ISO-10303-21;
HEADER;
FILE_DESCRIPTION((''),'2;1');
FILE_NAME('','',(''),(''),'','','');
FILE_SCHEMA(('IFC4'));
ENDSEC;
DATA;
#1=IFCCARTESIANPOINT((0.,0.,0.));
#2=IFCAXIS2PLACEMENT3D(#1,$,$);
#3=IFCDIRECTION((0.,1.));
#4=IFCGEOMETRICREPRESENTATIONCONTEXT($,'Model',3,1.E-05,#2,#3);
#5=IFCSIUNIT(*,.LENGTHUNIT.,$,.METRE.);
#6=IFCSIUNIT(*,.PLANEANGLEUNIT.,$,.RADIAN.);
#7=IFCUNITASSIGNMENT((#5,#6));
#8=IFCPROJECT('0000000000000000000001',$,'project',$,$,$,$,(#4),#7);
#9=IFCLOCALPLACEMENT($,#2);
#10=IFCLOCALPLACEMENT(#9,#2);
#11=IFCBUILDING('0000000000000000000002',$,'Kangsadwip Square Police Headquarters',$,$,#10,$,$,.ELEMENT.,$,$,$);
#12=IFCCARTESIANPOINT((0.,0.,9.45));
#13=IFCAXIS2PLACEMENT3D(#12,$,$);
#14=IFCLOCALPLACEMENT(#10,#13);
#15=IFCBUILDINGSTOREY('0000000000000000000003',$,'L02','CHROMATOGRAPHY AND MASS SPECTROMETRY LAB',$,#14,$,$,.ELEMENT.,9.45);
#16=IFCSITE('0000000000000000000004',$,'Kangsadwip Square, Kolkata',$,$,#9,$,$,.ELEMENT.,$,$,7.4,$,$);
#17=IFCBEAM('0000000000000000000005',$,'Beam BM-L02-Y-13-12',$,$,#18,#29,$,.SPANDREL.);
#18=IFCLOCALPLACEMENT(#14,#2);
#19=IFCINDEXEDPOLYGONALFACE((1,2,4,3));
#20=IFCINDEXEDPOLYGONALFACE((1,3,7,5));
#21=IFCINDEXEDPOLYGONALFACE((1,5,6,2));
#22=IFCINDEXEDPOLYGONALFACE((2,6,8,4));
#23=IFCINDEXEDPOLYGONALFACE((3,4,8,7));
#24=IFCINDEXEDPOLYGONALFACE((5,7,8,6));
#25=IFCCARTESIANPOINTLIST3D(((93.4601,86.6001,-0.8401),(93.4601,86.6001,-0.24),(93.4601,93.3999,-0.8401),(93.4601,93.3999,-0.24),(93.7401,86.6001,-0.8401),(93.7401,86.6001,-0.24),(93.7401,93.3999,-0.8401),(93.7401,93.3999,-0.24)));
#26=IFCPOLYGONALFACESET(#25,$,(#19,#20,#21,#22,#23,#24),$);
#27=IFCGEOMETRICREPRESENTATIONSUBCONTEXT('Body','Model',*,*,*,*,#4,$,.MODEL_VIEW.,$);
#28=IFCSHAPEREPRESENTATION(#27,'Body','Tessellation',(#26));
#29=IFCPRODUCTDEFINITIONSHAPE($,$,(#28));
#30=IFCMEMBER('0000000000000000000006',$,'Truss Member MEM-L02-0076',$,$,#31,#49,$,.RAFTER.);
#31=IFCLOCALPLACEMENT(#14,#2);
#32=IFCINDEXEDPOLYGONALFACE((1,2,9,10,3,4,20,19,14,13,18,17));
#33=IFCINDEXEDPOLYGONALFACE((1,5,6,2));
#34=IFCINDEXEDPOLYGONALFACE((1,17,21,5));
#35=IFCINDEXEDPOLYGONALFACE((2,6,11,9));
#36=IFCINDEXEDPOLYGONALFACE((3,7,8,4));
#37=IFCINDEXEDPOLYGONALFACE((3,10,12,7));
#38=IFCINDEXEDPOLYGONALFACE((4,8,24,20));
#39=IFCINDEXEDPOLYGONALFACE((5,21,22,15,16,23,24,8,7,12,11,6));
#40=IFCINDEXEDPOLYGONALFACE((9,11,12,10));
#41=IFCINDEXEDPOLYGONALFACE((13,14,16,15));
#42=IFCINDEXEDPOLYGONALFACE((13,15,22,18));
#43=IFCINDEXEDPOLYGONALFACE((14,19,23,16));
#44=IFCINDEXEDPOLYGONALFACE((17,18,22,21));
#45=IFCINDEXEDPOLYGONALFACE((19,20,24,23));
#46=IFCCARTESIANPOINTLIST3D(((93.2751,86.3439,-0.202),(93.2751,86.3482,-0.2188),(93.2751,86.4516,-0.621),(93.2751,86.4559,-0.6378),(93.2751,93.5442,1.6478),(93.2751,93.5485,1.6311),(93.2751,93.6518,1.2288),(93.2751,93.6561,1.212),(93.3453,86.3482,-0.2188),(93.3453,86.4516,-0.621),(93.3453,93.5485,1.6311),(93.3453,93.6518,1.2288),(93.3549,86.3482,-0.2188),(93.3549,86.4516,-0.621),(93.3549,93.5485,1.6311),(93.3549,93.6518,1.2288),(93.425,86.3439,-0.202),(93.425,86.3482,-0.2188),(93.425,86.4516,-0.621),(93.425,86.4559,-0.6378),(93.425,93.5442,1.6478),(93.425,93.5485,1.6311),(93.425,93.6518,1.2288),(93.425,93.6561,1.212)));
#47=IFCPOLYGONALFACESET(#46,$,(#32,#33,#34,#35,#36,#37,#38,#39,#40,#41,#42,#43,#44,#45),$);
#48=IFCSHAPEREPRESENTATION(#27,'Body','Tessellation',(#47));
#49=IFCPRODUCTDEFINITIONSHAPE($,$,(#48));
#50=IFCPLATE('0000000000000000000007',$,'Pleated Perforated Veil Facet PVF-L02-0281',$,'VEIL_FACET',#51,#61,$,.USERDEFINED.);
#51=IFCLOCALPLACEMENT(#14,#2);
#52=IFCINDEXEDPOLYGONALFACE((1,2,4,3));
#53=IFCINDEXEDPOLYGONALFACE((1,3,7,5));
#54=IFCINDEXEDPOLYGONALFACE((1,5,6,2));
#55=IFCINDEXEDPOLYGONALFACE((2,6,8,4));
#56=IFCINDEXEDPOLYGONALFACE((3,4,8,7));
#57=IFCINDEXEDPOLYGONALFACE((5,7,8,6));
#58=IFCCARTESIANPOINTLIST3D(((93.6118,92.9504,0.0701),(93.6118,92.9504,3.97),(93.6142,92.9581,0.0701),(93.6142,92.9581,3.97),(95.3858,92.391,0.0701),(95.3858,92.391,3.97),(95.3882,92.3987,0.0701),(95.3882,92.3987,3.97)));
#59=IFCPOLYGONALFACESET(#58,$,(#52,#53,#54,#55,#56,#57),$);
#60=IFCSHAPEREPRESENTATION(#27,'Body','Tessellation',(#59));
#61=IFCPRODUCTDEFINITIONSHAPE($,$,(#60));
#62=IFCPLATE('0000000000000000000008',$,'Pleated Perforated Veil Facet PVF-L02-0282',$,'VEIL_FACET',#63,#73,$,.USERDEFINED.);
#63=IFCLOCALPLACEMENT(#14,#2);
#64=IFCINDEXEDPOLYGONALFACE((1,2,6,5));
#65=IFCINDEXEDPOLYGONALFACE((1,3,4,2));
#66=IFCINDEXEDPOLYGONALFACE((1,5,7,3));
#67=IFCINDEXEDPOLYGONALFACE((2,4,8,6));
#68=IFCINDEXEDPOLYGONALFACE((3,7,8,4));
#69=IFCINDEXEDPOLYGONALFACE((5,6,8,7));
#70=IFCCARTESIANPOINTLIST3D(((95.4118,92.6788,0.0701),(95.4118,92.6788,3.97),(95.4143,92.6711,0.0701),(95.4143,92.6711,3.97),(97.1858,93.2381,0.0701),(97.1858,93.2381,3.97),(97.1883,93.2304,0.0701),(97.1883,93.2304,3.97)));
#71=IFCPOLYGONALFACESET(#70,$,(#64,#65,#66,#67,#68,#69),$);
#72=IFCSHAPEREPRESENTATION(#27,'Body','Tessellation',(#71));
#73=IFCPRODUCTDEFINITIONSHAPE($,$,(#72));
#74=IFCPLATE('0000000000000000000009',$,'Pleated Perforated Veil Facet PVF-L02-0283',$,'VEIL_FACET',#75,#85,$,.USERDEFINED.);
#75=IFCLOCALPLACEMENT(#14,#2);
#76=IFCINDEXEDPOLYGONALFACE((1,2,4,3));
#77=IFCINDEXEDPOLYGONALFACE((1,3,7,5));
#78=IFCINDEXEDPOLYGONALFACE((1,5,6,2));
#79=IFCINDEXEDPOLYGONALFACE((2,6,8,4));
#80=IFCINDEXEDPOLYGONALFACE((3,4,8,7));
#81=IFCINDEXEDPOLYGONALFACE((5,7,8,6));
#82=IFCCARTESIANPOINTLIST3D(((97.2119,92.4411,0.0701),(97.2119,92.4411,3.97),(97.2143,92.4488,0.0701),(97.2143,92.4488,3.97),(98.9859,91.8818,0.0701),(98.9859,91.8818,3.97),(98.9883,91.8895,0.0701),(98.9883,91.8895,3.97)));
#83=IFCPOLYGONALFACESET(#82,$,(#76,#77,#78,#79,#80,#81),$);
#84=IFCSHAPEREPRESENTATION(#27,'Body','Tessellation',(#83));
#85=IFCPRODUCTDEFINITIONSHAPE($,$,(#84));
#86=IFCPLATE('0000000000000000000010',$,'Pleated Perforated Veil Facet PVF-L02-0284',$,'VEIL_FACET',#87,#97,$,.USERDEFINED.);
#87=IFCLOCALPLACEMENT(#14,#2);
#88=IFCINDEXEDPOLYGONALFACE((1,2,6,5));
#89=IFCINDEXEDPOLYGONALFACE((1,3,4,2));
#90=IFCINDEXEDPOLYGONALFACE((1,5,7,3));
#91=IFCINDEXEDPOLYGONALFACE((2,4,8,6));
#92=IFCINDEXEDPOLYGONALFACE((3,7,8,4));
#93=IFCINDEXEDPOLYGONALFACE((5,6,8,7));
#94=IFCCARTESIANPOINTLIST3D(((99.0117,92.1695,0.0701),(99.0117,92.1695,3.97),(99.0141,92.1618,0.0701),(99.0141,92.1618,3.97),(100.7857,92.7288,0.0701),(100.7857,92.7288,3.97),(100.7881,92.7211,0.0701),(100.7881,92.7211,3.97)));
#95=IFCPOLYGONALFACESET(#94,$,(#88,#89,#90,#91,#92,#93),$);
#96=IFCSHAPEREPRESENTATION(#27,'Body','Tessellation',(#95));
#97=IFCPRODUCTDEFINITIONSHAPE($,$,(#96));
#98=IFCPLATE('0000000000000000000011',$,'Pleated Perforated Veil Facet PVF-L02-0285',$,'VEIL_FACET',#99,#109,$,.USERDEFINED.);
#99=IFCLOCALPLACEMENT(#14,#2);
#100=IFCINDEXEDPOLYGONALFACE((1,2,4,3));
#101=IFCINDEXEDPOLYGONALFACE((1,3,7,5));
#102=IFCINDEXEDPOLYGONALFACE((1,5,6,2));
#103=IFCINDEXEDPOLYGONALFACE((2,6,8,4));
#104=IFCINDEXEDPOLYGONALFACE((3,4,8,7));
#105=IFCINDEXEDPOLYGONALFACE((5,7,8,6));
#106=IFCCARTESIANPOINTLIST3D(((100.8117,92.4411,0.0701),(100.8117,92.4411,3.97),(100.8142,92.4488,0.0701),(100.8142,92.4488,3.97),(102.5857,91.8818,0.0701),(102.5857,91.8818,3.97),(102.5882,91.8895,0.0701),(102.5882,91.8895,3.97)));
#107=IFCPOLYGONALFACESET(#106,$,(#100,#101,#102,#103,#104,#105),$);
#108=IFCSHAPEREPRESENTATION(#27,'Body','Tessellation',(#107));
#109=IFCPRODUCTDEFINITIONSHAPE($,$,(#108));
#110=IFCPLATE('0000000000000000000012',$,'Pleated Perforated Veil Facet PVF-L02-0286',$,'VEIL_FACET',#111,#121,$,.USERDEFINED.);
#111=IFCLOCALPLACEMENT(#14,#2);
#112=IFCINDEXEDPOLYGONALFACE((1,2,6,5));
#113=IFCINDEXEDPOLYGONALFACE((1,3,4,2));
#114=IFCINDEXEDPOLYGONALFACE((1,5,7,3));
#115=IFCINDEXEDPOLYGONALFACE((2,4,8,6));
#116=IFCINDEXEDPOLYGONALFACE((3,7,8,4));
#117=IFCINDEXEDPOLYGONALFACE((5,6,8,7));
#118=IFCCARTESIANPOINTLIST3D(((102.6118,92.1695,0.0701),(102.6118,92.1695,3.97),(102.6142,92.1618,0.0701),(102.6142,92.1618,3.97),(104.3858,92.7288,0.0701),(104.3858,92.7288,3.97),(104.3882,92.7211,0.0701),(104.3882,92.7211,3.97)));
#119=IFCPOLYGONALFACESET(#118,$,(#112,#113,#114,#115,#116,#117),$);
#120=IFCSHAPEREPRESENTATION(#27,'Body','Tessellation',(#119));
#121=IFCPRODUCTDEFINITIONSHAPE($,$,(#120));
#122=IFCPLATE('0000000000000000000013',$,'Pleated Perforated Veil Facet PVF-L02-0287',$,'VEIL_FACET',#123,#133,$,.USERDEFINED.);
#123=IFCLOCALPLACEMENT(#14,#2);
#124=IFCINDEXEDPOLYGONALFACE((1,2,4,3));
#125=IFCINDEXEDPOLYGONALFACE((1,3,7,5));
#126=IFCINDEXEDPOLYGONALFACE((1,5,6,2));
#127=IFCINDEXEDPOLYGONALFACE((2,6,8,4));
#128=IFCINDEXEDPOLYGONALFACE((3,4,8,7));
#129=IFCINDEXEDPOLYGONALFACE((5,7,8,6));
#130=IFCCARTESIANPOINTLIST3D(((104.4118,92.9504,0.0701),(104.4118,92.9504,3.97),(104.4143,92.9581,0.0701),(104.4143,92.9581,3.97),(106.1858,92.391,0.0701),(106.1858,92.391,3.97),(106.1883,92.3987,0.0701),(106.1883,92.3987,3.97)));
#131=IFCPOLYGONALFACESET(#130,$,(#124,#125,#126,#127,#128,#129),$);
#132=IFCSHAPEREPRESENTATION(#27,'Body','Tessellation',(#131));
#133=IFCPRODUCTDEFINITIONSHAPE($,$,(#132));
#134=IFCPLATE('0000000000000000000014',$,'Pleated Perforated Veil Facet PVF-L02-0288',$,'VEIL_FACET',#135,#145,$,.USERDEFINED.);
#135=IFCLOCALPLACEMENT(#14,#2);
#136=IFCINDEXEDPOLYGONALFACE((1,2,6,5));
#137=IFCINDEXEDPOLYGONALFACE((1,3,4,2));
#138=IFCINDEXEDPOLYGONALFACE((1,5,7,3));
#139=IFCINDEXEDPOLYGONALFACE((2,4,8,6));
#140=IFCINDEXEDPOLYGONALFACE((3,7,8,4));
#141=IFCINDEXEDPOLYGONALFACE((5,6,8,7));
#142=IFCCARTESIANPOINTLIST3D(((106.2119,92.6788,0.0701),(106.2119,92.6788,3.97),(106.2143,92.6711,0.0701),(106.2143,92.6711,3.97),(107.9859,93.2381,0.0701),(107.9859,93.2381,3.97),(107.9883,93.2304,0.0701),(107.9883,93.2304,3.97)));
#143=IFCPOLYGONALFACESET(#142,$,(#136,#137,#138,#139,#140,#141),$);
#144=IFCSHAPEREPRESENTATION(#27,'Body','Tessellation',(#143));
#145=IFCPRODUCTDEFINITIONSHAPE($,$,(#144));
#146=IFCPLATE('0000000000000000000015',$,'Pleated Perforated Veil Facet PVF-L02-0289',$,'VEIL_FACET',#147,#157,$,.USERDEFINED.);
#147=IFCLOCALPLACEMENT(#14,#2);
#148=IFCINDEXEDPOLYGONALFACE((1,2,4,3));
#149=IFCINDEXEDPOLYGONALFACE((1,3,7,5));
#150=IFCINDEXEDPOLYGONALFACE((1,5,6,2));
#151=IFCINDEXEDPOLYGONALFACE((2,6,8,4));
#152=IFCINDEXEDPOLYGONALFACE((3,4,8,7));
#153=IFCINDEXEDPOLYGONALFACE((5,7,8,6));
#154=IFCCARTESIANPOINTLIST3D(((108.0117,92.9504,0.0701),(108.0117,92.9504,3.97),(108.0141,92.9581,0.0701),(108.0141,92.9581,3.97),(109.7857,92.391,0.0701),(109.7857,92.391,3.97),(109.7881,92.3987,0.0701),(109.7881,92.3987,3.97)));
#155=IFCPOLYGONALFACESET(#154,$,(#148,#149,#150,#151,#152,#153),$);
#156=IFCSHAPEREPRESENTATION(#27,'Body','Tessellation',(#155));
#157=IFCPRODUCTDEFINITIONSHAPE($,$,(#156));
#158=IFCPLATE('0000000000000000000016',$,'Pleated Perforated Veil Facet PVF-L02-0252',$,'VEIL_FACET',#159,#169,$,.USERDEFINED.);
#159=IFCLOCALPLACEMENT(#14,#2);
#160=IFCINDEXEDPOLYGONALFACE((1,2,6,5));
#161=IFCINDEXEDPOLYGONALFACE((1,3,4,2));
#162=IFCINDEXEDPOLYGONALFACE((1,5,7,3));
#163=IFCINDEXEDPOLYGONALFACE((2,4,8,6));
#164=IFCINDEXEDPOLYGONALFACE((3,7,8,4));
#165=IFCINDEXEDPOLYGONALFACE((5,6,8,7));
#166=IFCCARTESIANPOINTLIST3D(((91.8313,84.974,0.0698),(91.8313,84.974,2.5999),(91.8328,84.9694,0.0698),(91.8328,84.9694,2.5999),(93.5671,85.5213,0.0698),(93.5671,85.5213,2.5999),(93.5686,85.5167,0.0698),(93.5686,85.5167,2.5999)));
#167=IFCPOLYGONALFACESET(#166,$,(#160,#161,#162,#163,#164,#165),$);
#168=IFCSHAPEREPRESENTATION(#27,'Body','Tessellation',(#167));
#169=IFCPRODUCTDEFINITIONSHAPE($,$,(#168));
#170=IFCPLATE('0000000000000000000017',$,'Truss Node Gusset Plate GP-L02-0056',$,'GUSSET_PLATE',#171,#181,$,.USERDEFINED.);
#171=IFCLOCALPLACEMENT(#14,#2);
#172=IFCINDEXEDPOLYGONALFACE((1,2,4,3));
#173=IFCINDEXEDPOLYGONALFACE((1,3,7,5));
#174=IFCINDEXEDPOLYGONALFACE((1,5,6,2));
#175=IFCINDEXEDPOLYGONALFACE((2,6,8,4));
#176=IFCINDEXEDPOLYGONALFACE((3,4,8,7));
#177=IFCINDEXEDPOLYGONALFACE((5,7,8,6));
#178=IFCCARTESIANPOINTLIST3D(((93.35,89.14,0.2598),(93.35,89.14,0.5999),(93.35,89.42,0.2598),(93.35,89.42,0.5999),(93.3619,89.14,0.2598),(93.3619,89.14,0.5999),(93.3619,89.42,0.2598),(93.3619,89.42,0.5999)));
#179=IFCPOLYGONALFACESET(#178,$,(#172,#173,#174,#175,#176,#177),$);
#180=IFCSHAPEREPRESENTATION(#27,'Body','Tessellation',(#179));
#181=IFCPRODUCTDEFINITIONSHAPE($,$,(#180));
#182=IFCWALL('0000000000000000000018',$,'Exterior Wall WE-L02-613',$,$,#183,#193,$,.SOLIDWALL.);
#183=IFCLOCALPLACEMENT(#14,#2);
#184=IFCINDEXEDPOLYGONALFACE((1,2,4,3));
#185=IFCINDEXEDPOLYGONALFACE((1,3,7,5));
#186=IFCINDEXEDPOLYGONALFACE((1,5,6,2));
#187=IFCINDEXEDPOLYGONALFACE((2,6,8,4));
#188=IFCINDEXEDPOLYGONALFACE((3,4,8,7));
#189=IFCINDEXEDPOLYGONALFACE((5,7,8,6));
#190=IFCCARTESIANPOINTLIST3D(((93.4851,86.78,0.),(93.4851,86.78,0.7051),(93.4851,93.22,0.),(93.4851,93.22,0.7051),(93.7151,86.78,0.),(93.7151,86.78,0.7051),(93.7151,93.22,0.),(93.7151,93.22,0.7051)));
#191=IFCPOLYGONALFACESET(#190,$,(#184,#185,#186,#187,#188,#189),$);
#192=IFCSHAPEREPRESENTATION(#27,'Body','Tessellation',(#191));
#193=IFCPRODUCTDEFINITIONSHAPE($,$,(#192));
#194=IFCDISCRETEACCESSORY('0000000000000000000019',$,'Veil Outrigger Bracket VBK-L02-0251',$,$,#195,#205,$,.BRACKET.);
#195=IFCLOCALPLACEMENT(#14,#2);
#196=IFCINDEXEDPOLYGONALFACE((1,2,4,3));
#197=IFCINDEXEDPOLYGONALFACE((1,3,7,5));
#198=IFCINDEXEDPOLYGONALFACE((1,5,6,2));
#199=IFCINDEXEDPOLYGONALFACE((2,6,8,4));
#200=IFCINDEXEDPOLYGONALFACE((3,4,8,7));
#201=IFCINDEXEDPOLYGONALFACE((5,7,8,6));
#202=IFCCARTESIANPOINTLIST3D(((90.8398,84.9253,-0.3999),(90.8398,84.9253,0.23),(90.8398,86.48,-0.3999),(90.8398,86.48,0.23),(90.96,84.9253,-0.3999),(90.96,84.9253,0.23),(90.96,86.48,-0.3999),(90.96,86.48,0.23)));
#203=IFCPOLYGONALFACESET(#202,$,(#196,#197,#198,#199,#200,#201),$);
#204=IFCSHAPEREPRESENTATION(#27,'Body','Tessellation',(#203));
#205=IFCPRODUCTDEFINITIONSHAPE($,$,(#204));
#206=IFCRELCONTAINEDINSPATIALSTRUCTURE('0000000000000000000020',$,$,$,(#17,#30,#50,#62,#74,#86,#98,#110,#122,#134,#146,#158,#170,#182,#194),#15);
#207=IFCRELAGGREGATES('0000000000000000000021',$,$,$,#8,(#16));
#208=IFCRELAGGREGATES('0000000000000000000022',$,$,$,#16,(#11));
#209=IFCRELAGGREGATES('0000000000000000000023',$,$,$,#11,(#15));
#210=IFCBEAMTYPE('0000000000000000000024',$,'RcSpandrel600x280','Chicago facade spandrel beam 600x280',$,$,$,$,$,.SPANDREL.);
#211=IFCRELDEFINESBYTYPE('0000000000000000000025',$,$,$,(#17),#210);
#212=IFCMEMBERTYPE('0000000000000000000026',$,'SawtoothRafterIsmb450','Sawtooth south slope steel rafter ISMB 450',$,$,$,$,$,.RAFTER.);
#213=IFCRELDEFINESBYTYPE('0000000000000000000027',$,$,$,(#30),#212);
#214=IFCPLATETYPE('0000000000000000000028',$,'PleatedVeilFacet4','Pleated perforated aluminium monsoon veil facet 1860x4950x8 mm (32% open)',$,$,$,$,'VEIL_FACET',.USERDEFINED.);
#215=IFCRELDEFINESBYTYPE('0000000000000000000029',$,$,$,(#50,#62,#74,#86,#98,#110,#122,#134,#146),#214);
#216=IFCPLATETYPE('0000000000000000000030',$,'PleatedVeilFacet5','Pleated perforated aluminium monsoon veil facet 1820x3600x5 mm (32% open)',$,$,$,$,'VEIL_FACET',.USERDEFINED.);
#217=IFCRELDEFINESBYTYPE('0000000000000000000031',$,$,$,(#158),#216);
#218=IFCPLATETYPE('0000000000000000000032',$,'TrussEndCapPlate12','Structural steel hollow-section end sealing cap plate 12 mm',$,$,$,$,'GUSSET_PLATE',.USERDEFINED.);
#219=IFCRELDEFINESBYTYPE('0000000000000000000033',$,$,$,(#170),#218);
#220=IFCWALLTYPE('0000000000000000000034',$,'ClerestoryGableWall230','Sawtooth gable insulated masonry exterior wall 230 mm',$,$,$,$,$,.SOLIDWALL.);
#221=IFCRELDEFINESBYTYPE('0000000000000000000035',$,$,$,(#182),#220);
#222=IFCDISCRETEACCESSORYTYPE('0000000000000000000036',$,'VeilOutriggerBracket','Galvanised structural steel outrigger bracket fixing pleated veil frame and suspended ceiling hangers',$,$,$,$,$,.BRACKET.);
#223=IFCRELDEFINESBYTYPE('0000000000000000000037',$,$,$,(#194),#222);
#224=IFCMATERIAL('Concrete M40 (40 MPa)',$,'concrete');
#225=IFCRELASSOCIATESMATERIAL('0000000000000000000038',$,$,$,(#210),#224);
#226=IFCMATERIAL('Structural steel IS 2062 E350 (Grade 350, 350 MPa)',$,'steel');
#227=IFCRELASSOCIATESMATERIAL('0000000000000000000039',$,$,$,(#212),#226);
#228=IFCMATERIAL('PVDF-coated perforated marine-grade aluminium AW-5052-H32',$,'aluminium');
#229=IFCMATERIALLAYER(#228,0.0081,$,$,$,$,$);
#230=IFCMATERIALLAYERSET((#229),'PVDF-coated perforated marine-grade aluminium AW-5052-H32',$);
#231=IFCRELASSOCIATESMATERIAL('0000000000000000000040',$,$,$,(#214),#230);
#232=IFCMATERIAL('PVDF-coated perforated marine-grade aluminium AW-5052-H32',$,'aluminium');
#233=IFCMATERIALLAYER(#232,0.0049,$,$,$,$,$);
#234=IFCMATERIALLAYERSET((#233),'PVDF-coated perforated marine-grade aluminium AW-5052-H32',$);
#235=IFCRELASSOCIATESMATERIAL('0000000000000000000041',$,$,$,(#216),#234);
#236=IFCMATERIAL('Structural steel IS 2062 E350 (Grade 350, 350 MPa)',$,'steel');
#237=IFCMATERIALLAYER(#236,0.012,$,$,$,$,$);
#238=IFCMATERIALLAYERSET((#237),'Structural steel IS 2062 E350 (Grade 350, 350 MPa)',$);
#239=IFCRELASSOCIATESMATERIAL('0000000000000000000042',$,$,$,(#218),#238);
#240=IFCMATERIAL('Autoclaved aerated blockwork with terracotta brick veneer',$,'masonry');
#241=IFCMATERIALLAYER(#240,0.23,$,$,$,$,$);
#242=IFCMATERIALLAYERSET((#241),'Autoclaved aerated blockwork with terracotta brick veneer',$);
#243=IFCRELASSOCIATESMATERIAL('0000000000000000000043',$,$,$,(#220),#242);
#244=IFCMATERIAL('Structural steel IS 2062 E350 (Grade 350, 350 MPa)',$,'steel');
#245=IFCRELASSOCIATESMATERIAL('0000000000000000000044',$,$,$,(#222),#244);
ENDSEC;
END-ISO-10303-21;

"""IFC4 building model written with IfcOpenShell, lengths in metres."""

from ifc_helpers import new_model, si_unit, direction, frame, frame_2d, origin, origin_2d, place, context, subcontext, project, spatial, rectangle, i_section, extrude, material, layer, layer_set, material_profile, profile_set, type_object, element, save


model = new_model("IFC4")

# Units and contexts
model_context = context("Model", 3, precision=1e-05, world=origin(), true_north=direction((0.0, 1.0)))
body_context = subcontext(model_context, "Body", "Model", "MODEL_VIEW")
ifc_project = project(units=[si_unit("LENGTHUNIT", "METRE"), si_unit("PLANEANGLEUNIT", "RADIAN")], contexts=[model_context])

# Site, building, storey
site_placement = place(None, origin())
site = spatial("IfcSite", under=ifc_project, at=site_placement, Name="Kangsadwip Square, Kolkata", CompositionType="ELEMENT", RefElevation=7.4)
building_placement = place(site_placement, origin())
building = spatial("IfcBuilding", under=site, at=building_placement, Name="Kangsadwip Square Police Headquarters", CompositionType="ELEMENT")
storey_placement = place(building_placement, frame((0.0, 0.0, 9.45)))
storey = spatial("IfcBuildingStorey", under=building, at=storey_placement, Name="L02", Description="CHROMATOGRAPHY AND MASS SPECTROMETRY LAB", CompositionType="ELEMENT", Elevation=9.45)

# Beam
ifc_material_1 = material(Name="Concrete M40 (40 MPa)", Category="concrete")
ifc_material_profile_1 = material_profile(ifc_material_1, rectangle(XDim=0.28, YDim=0.6001, at=origin_2d()), Name="RC SPN 600X280")
ifc_profile_set_1 = profile_set([ifc_material_profile_1], Name="Concrete M40 (40 MPa)")
beam_type = type_object("IfcBeamType", Name="RcSpandrel600x280", Description="Chicago facade spandrel beam 600x280", PredefinedType="SPANDREL", material=ifc_profile_set_1)
beam_placement = place(storey_placement, frame((93.6001, 86.6001, -0.54), z_axis=(0.0, 1.0, 0.0), x_axis=(-1.0, 0.0, 0.0)))
element("IfcBeam", 1, at=beam_placement, inside=storey, type_object=beam_type, Name="Beam BM-L02-Y-13-12", PredefinedType="SPANDREL", context=body_context, shape_type="SweptSolid", body=[
    extrude(rectangle(XDim=0.28, YDim=0.6001, at=origin_2d()), origin(), (0.0, 0.0, 1.0), 6.7998),
])

# Member
ifc_material_2 = material(Name="Structural steel IS 2062 E350 (Grade 350, 350 MPa)", Category="steel")
ifc_material_profile_2 = material_profile(ifc_material_2, i_section(OverallWidth=0.1499, OverallDepth=0.45, WebThickness=0.0095, FlangeThickness=0.0173, at=origin_2d()), Name="ISMB 450")
ifc_profile_set_2 = profile_set([ifc_material_profile_2], Name="Structural steel IS 2062 E350 (Grade 350, 350 MPa)")
member_type = type_object("IfcMemberType", Name="SawtoothRafterIsmb450", Description="Sawtooth south slope steel rafter ISMB 450", PredefinedType="RAFTER", material=ifc_profile_set_2)
member_placement = place(storey_placement, frame((93.3501, 86.3999, -0.4199), z_axis=(0.0, 0.968546, 0.248836), x_axis=(-1.0, 0.0, 0.0)))
element("IfcMember", 2, at=member_placement, inside=storey, type_object=member_type, Name="Truss Member MEM-L02-0076", PredefinedType="RAFTER", context=body_context, shape_type="SweptSolid", body=[
    extrude(i_section(OverallWidth=0.1499, OverallDepth=0.45, WebThickness=0.0095, FlangeThickness=0.0173, at=origin_2d()), origin(), (0.0, 0.0, 1.0), 7.4341),
])

# Plates
ifc_material_3 = material(Name="PVDF-coated perforated marine-grade aluminium AW-5052-H32", Category="aluminium")
ifc_layer_1 = layer(ifc_material_3, 0.0081)
ifc_layer_set_1 = layer_set([ifc_layer_1], Name="PVDF-coated perforated marine-grade aluminium AW-5052-H32")
plate_type_1 = type_object("IfcPlateType", Name="PleatedVeilFacet4", Description="Pleated perforated aluminium monsoon veil facet 1860x4950x8 mm (32% open)", ElementType="VEIL_FACET", PredefinedType="USERDEFINED", material=ifc_layer_set_1)
for number, where, z_axis, x_axis, name in (
    (3, (94.5, 92.6746, 0.0701), (0.0, 0.0, 1.0), (0.953717, -0.300706, 0.0), "Pleated Perforated Veil Facet PVF-L02-0281"),
    (4, (96.3, 92.9546, 0.0701), (0.0, 0.0, 1.0), (0.953717, 0.300706, 0.0), "Pleated Perforated Veil Facet PVF-L02-0282"),
    (5, (98.1001, 92.1653, 0.0701), (0.0, 0.0, 1.0), (0.953717, -0.300706, 0.0), "Pleated Perforated Veil Facet PVF-L02-0283"),
    (6, (99.8999, 92.4453, 0.0701), (0.0, 0.0, 1.0), (0.953717, 0.300706, 0.0), "Pleated Perforated Veil Facet PVF-L02-0284"),
    (7, (101.7, 92.1653, 0.0701), (0.0, 0.0, 1.0), (0.953717, -0.300706, 0.0), "Pleated Perforated Veil Facet PVF-L02-0285"),
    (8, (103.5, 92.4453, 0.0701), (0.0, 0.0, 1.0), (0.953717, 0.300706, 0.0), "Pleated Perforated Veil Facet PVF-L02-0286"),
    (9, (105.3, 92.6746, 0.0701), (0.0, 0.0, 1.0), (0.953717, -0.300706, 0.0), "Pleated Perforated Veil Facet PVF-L02-0287"),
    (10, (107.1001, 92.9546, 0.0701), (0.0, 0.0, 1.0), (0.953717, 0.300706, 0.0), "Pleated Perforated Veil Facet PVF-L02-0288"),
    (11, (108.8999, 92.6746, 0.0701), (0.0, 0.0, 1.0), (0.953717, -0.300706, 0.0), "Pleated Perforated Veil Facet PVF-L02-0289"),
):
    element("IfcPlate", number, at=place(storey_placement, frame(where, z_axis=z_axis, x_axis=x_axis)), inside=storey, type_object=plate_type_1, Name=name, ObjectType="VEIL_FACET", PredefinedType="USERDEFINED", context=body_context, shape_type="SweptSolid", body=[
        extrude(rectangle(XDim=1.8601, YDim=0.0081, at=origin_2d()), origin(), (0.0, 0.0, 1.0), 3.8999),
    ])
ifc_material_4 = material(Name="PVDF-coated perforated marine-grade aluminium AW-5052-H32", Category="aluminium")
ifc_layer_2 = layer(ifc_material_4, 0.0049)
ifc_layer_set_2 = layer_set([ifc_layer_2], Name="PVDF-coated perforated marine-grade aluminium AW-5052-H32")
plate_type_2 = type_object("IfcPlateType", Name="PleatedVeilFacet5", Description="Pleated perforated aluminium monsoon veil facet 1820x3600x5 mm (32% open)", ElementType="VEIL_FACET", PredefinedType="USERDEFINED", material=ifc_layer_set_2)
plate_1_placement = place(storey_placement, frame((92.7, 85.2454, 0.0698), z_axis=(0.0, 0.0, 1.0), x_axis=(0.953717, 0.300706, 0.0)))
element("IfcPlate", 12, at=plate_1_placement, inside=storey, type_object=plate_type_2, Name="Pleated Perforated Veil Facet PVF-L02-0252", ObjectType="VEIL_FACET", PredefinedType="USERDEFINED", context=body_context, shape_type="SweptSolid", body=[
    extrude(rectangle(XDim=1.8201, YDim=0.0049, at=origin_2d()), origin(), (0.0, 0.0, 1.0), 2.53),
])
ifc_material_5 = material(Name="Structural steel IS 2062 E350 (Grade 350, 350 MPa)", Category="steel")
ifc_layer_3 = layer(ifc_material_5, 0.012)
ifc_layer_set_3 = layer_set([ifc_layer_3], Name="Structural steel IS 2062 E350 (Grade 350, 350 MPa)")
plate_type_3 = type_object("IfcPlateType", Name="TrussEndCapPlate12", Description="Structural steel hollow-section end sealing cap plate 12 mm", ElementType="GUSSET_PLATE", PredefinedType="USERDEFINED", material=ifc_layer_set_3)
plate_2_placement = place(storey_placement, frame((93.356, 89.28, 0.2598), z_axis=(0.0, 0.0, 1.0), x_axis=(0.0, 1.0, 0.0)))
element("IfcPlate", 13, at=plate_2_placement, inside=storey, type_object=plate_type_3, Name="Truss Node Gusset Plate GP-L02-0056", ObjectType="GUSSET_PLATE", PredefinedType="USERDEFINED", context=body_context, shape_type="SweptSolid", body=[
    extrude(rectangle(XDim=0.28, YDim=0.012, at=origin_2d()), origin(), (0.0, 0.0, 1.0), 0.3401),
])

# Wall
ifc_material_6 = material(Name="Autoclaved aerated blockwork with terracotta brick veneer", Category="masonry")
ifc_layer_4 = layer(ifc_material_6, 0.23)
ifc_layer_set_4 = layer_set([ifc_layer_4], Name="Autoclaved aerated blockwork with terracotta brick veneer")
wall_type = type_object("IfcWallType", Name="ClerestoryGableWall230", Description="Sawtooth gable insulated masonry exterior wall 230 mm", PredefinedType="SOLIDWALL", material=ifc_layer_set_4)
wall_placement = place(storey_placement, frame((93.6001, 86.78, 0.0), z_axis=(0.0, 0.0, 1.0), x_axis=(0.0, 1.0, 0.0)))
element("IfcWall", 14, at=wall_placement, inside=storey, type_object=wall_type, Name="Exterior Wall WE-L02-613", PredefinedType="SOLIDWALL", context=body_context, shape_type="SweptSolid", body=[
    extrude(rectangle(XDim=6.4399, YDim=0.23, at=frame_2d((3.22, 0.0))), origin(), (0.0, 0.0, 1.0), 0.7051),
])

# Discrete accessory
ifc_material_7 = material(Name="Structural steel IS 2062 E350 (Grade 350, 350 MPa)", Category="steel")
discrete_accessory_type = type_object("IfcDiscreteAccessoryType", Name="VeilOutriggerBracket", Description="Galvanised structural steel outrigger bracket fixing pleated veil frame and suspended ceiling hangers", PredefinedType="BRACKET", material=ifc_material_7)
discrete_accessory_1_placement = place(storey_placement, frame((90.8999, 85.7026, -0.3999), z_axis=(0.0, 0.0, 1.0), x_axis=(1.0, 0.0, 0.0)))
element("IfcDiscreteAccessory", 15, at=discrete_accessory_1_placement, inside=storey, type_object=discrete_accessory_type, Name="Veil Outrigger Bracket VBK-L02-0251", PredefinedType="BRACKET", context=body_context, shape_type="SweptSolid", body=[
    extrude(rectangle(XDim=0.1201, YDim=1.5547, at=origin_2d()), origin(), (0.0, 0.0, 1.0), 0.6299),
])

save(model, "model.ifc")
